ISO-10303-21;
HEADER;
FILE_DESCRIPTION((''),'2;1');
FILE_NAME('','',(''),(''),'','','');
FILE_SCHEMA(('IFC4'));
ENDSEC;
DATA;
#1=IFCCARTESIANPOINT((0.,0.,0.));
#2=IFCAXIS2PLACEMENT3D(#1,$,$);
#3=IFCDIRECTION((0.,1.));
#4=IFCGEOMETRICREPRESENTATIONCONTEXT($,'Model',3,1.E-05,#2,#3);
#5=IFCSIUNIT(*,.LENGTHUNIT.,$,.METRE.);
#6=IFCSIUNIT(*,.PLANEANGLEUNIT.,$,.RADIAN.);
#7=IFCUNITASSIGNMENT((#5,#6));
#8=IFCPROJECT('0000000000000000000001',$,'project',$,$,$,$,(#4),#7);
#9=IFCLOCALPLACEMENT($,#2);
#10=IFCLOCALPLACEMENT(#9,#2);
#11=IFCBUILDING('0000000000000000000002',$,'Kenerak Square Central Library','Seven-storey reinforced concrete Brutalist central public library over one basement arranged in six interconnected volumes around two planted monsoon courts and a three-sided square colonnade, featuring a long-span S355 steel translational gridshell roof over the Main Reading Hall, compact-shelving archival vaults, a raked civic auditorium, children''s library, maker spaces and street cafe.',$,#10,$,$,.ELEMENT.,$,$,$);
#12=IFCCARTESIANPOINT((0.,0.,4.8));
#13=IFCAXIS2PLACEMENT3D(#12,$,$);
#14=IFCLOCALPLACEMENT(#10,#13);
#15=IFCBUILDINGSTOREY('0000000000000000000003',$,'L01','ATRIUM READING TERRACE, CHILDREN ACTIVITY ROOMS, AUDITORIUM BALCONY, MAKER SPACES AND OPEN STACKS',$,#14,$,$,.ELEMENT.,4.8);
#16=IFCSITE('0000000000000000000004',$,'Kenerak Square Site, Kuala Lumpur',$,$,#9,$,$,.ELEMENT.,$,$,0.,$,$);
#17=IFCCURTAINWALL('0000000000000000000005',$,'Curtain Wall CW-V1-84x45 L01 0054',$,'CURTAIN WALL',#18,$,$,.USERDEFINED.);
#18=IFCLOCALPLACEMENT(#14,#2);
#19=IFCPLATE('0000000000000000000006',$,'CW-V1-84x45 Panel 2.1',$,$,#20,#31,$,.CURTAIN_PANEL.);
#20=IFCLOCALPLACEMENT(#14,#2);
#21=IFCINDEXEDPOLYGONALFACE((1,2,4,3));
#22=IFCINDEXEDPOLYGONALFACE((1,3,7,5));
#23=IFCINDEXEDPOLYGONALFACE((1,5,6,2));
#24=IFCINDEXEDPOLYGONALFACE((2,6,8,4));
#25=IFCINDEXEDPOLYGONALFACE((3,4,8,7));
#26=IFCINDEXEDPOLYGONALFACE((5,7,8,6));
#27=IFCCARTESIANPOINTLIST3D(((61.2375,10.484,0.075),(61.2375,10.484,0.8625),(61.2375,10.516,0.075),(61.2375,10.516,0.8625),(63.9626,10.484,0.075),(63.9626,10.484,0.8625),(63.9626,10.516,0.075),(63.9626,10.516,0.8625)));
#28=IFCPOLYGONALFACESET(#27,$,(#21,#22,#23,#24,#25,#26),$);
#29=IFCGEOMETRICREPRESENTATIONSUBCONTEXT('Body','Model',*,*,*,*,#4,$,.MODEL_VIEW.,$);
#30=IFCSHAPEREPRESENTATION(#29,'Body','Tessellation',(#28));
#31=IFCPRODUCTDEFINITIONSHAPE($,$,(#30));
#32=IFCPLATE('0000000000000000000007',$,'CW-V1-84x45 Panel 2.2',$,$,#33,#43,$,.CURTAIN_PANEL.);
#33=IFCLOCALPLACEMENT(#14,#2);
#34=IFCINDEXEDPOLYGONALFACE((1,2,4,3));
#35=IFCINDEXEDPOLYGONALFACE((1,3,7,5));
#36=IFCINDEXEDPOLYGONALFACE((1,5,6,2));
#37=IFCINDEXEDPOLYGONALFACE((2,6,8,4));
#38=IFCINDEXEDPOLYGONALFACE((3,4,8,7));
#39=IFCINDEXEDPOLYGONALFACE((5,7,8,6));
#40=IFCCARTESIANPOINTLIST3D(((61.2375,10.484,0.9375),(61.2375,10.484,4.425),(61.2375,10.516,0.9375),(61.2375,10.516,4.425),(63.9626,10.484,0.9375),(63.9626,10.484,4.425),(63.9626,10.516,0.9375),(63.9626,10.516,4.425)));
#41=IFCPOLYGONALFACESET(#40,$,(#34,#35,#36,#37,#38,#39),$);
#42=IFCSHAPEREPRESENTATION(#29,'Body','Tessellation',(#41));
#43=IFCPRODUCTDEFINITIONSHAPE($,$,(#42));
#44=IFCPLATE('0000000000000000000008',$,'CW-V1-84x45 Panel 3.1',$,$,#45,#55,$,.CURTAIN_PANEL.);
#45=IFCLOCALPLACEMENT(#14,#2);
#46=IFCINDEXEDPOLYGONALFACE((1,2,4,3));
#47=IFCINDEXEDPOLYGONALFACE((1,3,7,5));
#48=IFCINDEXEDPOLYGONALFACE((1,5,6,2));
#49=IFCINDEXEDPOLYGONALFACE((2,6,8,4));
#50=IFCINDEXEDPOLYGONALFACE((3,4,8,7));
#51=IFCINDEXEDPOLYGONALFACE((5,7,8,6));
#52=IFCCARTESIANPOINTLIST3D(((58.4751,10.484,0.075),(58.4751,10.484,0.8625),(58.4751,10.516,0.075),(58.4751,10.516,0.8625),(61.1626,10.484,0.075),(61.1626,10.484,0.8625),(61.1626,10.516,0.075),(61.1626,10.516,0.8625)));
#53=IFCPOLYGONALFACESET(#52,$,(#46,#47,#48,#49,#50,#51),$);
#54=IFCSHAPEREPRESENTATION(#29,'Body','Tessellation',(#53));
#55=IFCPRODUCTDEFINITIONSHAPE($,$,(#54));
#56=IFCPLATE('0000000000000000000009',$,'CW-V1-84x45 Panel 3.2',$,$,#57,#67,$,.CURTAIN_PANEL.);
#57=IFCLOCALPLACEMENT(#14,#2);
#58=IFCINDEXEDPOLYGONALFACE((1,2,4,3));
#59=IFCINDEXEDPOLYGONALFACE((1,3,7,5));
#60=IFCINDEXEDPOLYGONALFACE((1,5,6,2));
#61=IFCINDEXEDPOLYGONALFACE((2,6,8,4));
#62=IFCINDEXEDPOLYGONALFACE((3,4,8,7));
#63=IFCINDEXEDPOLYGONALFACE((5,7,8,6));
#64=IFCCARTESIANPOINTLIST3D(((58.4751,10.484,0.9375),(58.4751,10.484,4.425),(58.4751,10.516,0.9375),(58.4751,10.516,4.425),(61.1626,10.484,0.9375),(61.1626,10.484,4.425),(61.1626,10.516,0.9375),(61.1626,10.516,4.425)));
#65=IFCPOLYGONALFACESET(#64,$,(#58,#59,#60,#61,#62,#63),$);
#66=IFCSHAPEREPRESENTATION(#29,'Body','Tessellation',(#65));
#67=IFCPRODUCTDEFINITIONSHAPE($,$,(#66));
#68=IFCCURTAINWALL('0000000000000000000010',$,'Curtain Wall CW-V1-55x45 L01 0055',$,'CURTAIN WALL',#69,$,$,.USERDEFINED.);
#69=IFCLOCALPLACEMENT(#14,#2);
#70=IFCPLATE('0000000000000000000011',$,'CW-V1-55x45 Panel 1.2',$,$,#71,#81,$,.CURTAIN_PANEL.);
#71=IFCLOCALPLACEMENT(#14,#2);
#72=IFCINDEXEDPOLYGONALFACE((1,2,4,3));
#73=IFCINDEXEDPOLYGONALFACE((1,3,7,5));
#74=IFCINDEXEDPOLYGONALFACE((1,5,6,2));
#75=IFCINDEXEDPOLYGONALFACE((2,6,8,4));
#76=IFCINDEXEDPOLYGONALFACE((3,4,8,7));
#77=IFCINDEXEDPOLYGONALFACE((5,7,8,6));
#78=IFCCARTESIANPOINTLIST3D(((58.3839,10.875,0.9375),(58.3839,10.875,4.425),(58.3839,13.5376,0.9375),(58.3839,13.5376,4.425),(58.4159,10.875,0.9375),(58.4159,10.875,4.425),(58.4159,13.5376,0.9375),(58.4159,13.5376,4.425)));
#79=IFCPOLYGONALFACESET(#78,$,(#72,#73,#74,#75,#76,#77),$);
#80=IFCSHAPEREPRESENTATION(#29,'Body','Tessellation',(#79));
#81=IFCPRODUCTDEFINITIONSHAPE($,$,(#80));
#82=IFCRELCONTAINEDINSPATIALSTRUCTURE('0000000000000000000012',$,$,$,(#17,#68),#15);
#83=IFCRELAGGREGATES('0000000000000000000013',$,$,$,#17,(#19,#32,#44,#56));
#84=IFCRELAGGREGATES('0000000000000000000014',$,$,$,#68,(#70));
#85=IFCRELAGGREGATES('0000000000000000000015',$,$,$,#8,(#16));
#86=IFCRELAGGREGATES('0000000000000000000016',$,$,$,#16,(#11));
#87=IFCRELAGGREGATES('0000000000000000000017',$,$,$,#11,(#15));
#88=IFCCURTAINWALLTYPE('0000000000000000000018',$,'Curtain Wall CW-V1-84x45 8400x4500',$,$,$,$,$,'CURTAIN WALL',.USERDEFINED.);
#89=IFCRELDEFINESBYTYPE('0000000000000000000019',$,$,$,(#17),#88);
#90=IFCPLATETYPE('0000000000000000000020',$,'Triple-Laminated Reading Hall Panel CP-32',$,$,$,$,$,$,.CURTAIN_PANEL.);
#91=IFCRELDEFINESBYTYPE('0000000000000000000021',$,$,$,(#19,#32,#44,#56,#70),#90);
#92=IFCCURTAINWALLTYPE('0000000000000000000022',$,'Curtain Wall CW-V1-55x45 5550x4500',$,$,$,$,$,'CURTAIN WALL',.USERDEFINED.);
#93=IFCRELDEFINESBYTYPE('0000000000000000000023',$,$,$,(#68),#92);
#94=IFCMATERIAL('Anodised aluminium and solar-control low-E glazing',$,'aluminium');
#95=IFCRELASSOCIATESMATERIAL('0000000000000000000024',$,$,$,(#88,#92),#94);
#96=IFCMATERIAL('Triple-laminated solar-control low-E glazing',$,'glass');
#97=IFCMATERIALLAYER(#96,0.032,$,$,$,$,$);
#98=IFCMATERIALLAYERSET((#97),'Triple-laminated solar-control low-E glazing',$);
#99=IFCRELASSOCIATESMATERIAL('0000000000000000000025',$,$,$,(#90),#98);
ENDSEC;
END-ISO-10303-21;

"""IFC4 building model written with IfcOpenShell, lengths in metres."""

from ifc_helpers import new_model, si_unit, direction, frame, origin, origin_2d, place, context, subcontext, project, spatial, rectangle, extrude, material, layer, layer_set, type_object, element, aggregate, save


model = new_model("IFC4")

# Units and contexts
model_context = context("Model", 3, precision=1e-05, world=origin(), true_north=direction((0.0, 1.0)))
body_context = subcontext(model_context, "Body", "Model", "MODEL_VIEW")
ifc_project = project(units=[si_unit("LENGTHUNIT", "METRE"), si_unit("PLANEANGLEUNIT", "RADIAN")], contexts=[model_context])

# Site, building, storey
site_placement = place(None, origin())
site = spatial("IfcSite", under=ifc_project, at=site_placement, Name="Kenerak Square Site, Kuala Lumpur", CompositionType="ELEMENT", RefElevation=0.0)
building_placement = place(site_placement, origin())
building = spatial("IfcBuilding", under=site, at=building_placement, Name="Kenerak Square Central Library", Description="Seven-storey reinforced concrete Brutalist central public library over one basement arranged in six interconnected volumes around two planted monsoon courts and a three-sided square colonnade, featuring a long-span S355 steel translational gridshell roof over the Main Reading Hall, compact-shelving archival vaults, a raked civic auditorium, children's library, maker spaces and street cafe.", CompositionType="ELEMENT")
storey_placement = place(building_placement, frame((0.0, 0.0, 4.8)))
storey = spatial("IfcBuildingStorey", under=building, at=storey_placement, Name="L01", Description="ATRIUM READING TERRACE, CHILDREN ACTIVITY ROOMS, AUDITORIUM BALCONY, MAKER SPACES AND OPEN STACKS", CompositionType="ELEMENT", Elevation=4.8)

# Curtain wall
ifc_material_1 = material(Name="Anodised aluminium and solar-control low-E glazing", Category="aluminium")
curtain_wall_type_1 = type_object("IfcCurtainWallType", Name="Curtain Wall CW-V1-84x45 8400x4500", ElementType="CURTAIN WALL", PredefinedType="USERDEFINED", material=ifc_material_1)
curtain_wall_1_placement = place(storey_placement, origin())
curtain_wall_1 = element("IfcCurtainWall", 1, at=curtain_wall_1_placement, inside=storey, type_object=curtain_wall_type_1, Name="Curtain Wall CW-V1-84x45 L01 0054", ObjectType="CURTAIN WALL", PredefinedType="USERDEFINED")

# Plates
ifc_material_2 = material(Name="Triple-laminated solar-control low-E glazing", Category="glass")
ifc_layer_1 = layer(ifc_material_2, 0.032)
ifc_layer_set_1 = layer_set([ifc_layer_1], Name="Triple-laminated solar-control low-E glazing")
plate_type_1 = type_object("IfcPlateType", Name="Triple-Laminated Reading Hall Panel CP-32", PredefinedType="CURTAIN_PANEL", material=ifc_layer_set_1)
plate_1_placement = place(storey_placement, frame((62.6001, 10.5, 0.075), z_axis=(0.0, 0.0, 1.0), x_axis=(-1.0, 0.0, 0.0)))
plate_1 = element("IfcPlate", 2, at=plate_1_placement, type_object=plate_type_1, Name="CW-V1-84x45 Panel 2.1", PredefinedType="CURTAIN_PANEL", context=body_context, shape_type="SweptSolid", body=[
    extrude(rectangle(XDim=2.7251, YDim=0.032, at=origin_2d()), origin(), (0.0, 0.0, 1.0), 0.7876),
])
plate_2_placement = place(storey_placement, frame((62.6001, 10.5, 0.9375), z_axis=(0.0, 0.0, 1.0), x_axis=(-1.0, 0.0, 0.0)))
plate_2 = element("IfcPlate", 3, at=plate_2_placement, type_object=plate_type_1, Name="CW-V1-84x45 Panel 2.2", PredefinedType="CURTAIN_PANEL", context=body_context, shape_type="SweptSolid", body=[
    extrude(rectangle(XDim=2.7251, YDim=0.032, at=origin_2d()), origin(), (0.0, 0.0, 1.0), 3.4875),
])
plate_3_placement = place(storey_placement, frame((59.8188, 10.5, 0.075), z_axis=(0.0, 0.0, 1.0), x_axis=(-1.0, 0.0, 0.0)))
plate_3 = element("IfcPlate", 4, at=plate_3_placement, type_object=plate_type_1, Name="CW-V1-84x45 Panel 3.1", PredefinedType="CURTAIN_PANEL", context=body_context, shape_type="SweptSolid", body=[
    extrude(rectangle(XDim=2.6875, YDim=0.032, at=origin_2d()), origin(), (0.0, 0.0, 1.0), 0.7876),
])
plate_4_placement = place(storey_placement, frame((59.8188, 10.5, 0.9375), z_axis=(0.0, 0.0, 1.0), x_axis=(-1.0, 0.0, 0.0)))
plate_4 = element("IfcPlate", 5, at=plate_4_placement, type_object=plate_type_1, Name="CW-V1-84x45 Panel 3.2", PredefinedType="CURTAIN_PANEL", context=body_context, shape_type="SweptSolid", body=[
    extrude(rectangle(XDim=2.6875, YDim=0.032, at=origin_2d()), origin(), (0.0, 0.0, 1.0), 3.4875),
])
aggregate(curtain_wall_1, [plate_1, plate_2, plate_3, plate_4])

# Curtain wall, plate
curtain_wall_type_2 = type_object("IfcCurtainWallType", Name="Curtain Wall CW-V1-55x45 5550x4500", ElementType="CURTAIN WALL", PredefinedType="USERDEFINED", material=ifc_material_1)
curtain_wall_2_placement = place(storey_placement, origin())
curtain_wall_2 = element("IfcCurtainWall", 6, at=curtain_wall_2_placement, inside=storey, type_object=curtain_wall_type_2, Name="Curtain Wall CW-V1-55x45 L01 0055", ObjectType="CURTAIN WALL", PredefinedType="USERDEFINED")
plate_5_placement = place(storey_placement, frame((58.3999, 12.2063, 0.9375), z_axis=(0.0, 0.0, 1.0), x_axis=(0.0, 1.0, 0.0)))
plate_5 = element("IfcPlate", 7, at=plate_5_placement, type_object=plate_type_1, Name="CW-V1-55x45 Panel 1.2", PredefinedType="CURTAIN_PANEL", context=body_context, shape_type="SweptSolid", body=[
    extrude(rectangle(XDim=2.6626, YDim=0.032, at=origin_2d()), origin(), (0.0, 0.0, 1.0), 3.4875),
])
aggregate(curtain_wall_2, [plate_5])

save(model, "model.ifc")
